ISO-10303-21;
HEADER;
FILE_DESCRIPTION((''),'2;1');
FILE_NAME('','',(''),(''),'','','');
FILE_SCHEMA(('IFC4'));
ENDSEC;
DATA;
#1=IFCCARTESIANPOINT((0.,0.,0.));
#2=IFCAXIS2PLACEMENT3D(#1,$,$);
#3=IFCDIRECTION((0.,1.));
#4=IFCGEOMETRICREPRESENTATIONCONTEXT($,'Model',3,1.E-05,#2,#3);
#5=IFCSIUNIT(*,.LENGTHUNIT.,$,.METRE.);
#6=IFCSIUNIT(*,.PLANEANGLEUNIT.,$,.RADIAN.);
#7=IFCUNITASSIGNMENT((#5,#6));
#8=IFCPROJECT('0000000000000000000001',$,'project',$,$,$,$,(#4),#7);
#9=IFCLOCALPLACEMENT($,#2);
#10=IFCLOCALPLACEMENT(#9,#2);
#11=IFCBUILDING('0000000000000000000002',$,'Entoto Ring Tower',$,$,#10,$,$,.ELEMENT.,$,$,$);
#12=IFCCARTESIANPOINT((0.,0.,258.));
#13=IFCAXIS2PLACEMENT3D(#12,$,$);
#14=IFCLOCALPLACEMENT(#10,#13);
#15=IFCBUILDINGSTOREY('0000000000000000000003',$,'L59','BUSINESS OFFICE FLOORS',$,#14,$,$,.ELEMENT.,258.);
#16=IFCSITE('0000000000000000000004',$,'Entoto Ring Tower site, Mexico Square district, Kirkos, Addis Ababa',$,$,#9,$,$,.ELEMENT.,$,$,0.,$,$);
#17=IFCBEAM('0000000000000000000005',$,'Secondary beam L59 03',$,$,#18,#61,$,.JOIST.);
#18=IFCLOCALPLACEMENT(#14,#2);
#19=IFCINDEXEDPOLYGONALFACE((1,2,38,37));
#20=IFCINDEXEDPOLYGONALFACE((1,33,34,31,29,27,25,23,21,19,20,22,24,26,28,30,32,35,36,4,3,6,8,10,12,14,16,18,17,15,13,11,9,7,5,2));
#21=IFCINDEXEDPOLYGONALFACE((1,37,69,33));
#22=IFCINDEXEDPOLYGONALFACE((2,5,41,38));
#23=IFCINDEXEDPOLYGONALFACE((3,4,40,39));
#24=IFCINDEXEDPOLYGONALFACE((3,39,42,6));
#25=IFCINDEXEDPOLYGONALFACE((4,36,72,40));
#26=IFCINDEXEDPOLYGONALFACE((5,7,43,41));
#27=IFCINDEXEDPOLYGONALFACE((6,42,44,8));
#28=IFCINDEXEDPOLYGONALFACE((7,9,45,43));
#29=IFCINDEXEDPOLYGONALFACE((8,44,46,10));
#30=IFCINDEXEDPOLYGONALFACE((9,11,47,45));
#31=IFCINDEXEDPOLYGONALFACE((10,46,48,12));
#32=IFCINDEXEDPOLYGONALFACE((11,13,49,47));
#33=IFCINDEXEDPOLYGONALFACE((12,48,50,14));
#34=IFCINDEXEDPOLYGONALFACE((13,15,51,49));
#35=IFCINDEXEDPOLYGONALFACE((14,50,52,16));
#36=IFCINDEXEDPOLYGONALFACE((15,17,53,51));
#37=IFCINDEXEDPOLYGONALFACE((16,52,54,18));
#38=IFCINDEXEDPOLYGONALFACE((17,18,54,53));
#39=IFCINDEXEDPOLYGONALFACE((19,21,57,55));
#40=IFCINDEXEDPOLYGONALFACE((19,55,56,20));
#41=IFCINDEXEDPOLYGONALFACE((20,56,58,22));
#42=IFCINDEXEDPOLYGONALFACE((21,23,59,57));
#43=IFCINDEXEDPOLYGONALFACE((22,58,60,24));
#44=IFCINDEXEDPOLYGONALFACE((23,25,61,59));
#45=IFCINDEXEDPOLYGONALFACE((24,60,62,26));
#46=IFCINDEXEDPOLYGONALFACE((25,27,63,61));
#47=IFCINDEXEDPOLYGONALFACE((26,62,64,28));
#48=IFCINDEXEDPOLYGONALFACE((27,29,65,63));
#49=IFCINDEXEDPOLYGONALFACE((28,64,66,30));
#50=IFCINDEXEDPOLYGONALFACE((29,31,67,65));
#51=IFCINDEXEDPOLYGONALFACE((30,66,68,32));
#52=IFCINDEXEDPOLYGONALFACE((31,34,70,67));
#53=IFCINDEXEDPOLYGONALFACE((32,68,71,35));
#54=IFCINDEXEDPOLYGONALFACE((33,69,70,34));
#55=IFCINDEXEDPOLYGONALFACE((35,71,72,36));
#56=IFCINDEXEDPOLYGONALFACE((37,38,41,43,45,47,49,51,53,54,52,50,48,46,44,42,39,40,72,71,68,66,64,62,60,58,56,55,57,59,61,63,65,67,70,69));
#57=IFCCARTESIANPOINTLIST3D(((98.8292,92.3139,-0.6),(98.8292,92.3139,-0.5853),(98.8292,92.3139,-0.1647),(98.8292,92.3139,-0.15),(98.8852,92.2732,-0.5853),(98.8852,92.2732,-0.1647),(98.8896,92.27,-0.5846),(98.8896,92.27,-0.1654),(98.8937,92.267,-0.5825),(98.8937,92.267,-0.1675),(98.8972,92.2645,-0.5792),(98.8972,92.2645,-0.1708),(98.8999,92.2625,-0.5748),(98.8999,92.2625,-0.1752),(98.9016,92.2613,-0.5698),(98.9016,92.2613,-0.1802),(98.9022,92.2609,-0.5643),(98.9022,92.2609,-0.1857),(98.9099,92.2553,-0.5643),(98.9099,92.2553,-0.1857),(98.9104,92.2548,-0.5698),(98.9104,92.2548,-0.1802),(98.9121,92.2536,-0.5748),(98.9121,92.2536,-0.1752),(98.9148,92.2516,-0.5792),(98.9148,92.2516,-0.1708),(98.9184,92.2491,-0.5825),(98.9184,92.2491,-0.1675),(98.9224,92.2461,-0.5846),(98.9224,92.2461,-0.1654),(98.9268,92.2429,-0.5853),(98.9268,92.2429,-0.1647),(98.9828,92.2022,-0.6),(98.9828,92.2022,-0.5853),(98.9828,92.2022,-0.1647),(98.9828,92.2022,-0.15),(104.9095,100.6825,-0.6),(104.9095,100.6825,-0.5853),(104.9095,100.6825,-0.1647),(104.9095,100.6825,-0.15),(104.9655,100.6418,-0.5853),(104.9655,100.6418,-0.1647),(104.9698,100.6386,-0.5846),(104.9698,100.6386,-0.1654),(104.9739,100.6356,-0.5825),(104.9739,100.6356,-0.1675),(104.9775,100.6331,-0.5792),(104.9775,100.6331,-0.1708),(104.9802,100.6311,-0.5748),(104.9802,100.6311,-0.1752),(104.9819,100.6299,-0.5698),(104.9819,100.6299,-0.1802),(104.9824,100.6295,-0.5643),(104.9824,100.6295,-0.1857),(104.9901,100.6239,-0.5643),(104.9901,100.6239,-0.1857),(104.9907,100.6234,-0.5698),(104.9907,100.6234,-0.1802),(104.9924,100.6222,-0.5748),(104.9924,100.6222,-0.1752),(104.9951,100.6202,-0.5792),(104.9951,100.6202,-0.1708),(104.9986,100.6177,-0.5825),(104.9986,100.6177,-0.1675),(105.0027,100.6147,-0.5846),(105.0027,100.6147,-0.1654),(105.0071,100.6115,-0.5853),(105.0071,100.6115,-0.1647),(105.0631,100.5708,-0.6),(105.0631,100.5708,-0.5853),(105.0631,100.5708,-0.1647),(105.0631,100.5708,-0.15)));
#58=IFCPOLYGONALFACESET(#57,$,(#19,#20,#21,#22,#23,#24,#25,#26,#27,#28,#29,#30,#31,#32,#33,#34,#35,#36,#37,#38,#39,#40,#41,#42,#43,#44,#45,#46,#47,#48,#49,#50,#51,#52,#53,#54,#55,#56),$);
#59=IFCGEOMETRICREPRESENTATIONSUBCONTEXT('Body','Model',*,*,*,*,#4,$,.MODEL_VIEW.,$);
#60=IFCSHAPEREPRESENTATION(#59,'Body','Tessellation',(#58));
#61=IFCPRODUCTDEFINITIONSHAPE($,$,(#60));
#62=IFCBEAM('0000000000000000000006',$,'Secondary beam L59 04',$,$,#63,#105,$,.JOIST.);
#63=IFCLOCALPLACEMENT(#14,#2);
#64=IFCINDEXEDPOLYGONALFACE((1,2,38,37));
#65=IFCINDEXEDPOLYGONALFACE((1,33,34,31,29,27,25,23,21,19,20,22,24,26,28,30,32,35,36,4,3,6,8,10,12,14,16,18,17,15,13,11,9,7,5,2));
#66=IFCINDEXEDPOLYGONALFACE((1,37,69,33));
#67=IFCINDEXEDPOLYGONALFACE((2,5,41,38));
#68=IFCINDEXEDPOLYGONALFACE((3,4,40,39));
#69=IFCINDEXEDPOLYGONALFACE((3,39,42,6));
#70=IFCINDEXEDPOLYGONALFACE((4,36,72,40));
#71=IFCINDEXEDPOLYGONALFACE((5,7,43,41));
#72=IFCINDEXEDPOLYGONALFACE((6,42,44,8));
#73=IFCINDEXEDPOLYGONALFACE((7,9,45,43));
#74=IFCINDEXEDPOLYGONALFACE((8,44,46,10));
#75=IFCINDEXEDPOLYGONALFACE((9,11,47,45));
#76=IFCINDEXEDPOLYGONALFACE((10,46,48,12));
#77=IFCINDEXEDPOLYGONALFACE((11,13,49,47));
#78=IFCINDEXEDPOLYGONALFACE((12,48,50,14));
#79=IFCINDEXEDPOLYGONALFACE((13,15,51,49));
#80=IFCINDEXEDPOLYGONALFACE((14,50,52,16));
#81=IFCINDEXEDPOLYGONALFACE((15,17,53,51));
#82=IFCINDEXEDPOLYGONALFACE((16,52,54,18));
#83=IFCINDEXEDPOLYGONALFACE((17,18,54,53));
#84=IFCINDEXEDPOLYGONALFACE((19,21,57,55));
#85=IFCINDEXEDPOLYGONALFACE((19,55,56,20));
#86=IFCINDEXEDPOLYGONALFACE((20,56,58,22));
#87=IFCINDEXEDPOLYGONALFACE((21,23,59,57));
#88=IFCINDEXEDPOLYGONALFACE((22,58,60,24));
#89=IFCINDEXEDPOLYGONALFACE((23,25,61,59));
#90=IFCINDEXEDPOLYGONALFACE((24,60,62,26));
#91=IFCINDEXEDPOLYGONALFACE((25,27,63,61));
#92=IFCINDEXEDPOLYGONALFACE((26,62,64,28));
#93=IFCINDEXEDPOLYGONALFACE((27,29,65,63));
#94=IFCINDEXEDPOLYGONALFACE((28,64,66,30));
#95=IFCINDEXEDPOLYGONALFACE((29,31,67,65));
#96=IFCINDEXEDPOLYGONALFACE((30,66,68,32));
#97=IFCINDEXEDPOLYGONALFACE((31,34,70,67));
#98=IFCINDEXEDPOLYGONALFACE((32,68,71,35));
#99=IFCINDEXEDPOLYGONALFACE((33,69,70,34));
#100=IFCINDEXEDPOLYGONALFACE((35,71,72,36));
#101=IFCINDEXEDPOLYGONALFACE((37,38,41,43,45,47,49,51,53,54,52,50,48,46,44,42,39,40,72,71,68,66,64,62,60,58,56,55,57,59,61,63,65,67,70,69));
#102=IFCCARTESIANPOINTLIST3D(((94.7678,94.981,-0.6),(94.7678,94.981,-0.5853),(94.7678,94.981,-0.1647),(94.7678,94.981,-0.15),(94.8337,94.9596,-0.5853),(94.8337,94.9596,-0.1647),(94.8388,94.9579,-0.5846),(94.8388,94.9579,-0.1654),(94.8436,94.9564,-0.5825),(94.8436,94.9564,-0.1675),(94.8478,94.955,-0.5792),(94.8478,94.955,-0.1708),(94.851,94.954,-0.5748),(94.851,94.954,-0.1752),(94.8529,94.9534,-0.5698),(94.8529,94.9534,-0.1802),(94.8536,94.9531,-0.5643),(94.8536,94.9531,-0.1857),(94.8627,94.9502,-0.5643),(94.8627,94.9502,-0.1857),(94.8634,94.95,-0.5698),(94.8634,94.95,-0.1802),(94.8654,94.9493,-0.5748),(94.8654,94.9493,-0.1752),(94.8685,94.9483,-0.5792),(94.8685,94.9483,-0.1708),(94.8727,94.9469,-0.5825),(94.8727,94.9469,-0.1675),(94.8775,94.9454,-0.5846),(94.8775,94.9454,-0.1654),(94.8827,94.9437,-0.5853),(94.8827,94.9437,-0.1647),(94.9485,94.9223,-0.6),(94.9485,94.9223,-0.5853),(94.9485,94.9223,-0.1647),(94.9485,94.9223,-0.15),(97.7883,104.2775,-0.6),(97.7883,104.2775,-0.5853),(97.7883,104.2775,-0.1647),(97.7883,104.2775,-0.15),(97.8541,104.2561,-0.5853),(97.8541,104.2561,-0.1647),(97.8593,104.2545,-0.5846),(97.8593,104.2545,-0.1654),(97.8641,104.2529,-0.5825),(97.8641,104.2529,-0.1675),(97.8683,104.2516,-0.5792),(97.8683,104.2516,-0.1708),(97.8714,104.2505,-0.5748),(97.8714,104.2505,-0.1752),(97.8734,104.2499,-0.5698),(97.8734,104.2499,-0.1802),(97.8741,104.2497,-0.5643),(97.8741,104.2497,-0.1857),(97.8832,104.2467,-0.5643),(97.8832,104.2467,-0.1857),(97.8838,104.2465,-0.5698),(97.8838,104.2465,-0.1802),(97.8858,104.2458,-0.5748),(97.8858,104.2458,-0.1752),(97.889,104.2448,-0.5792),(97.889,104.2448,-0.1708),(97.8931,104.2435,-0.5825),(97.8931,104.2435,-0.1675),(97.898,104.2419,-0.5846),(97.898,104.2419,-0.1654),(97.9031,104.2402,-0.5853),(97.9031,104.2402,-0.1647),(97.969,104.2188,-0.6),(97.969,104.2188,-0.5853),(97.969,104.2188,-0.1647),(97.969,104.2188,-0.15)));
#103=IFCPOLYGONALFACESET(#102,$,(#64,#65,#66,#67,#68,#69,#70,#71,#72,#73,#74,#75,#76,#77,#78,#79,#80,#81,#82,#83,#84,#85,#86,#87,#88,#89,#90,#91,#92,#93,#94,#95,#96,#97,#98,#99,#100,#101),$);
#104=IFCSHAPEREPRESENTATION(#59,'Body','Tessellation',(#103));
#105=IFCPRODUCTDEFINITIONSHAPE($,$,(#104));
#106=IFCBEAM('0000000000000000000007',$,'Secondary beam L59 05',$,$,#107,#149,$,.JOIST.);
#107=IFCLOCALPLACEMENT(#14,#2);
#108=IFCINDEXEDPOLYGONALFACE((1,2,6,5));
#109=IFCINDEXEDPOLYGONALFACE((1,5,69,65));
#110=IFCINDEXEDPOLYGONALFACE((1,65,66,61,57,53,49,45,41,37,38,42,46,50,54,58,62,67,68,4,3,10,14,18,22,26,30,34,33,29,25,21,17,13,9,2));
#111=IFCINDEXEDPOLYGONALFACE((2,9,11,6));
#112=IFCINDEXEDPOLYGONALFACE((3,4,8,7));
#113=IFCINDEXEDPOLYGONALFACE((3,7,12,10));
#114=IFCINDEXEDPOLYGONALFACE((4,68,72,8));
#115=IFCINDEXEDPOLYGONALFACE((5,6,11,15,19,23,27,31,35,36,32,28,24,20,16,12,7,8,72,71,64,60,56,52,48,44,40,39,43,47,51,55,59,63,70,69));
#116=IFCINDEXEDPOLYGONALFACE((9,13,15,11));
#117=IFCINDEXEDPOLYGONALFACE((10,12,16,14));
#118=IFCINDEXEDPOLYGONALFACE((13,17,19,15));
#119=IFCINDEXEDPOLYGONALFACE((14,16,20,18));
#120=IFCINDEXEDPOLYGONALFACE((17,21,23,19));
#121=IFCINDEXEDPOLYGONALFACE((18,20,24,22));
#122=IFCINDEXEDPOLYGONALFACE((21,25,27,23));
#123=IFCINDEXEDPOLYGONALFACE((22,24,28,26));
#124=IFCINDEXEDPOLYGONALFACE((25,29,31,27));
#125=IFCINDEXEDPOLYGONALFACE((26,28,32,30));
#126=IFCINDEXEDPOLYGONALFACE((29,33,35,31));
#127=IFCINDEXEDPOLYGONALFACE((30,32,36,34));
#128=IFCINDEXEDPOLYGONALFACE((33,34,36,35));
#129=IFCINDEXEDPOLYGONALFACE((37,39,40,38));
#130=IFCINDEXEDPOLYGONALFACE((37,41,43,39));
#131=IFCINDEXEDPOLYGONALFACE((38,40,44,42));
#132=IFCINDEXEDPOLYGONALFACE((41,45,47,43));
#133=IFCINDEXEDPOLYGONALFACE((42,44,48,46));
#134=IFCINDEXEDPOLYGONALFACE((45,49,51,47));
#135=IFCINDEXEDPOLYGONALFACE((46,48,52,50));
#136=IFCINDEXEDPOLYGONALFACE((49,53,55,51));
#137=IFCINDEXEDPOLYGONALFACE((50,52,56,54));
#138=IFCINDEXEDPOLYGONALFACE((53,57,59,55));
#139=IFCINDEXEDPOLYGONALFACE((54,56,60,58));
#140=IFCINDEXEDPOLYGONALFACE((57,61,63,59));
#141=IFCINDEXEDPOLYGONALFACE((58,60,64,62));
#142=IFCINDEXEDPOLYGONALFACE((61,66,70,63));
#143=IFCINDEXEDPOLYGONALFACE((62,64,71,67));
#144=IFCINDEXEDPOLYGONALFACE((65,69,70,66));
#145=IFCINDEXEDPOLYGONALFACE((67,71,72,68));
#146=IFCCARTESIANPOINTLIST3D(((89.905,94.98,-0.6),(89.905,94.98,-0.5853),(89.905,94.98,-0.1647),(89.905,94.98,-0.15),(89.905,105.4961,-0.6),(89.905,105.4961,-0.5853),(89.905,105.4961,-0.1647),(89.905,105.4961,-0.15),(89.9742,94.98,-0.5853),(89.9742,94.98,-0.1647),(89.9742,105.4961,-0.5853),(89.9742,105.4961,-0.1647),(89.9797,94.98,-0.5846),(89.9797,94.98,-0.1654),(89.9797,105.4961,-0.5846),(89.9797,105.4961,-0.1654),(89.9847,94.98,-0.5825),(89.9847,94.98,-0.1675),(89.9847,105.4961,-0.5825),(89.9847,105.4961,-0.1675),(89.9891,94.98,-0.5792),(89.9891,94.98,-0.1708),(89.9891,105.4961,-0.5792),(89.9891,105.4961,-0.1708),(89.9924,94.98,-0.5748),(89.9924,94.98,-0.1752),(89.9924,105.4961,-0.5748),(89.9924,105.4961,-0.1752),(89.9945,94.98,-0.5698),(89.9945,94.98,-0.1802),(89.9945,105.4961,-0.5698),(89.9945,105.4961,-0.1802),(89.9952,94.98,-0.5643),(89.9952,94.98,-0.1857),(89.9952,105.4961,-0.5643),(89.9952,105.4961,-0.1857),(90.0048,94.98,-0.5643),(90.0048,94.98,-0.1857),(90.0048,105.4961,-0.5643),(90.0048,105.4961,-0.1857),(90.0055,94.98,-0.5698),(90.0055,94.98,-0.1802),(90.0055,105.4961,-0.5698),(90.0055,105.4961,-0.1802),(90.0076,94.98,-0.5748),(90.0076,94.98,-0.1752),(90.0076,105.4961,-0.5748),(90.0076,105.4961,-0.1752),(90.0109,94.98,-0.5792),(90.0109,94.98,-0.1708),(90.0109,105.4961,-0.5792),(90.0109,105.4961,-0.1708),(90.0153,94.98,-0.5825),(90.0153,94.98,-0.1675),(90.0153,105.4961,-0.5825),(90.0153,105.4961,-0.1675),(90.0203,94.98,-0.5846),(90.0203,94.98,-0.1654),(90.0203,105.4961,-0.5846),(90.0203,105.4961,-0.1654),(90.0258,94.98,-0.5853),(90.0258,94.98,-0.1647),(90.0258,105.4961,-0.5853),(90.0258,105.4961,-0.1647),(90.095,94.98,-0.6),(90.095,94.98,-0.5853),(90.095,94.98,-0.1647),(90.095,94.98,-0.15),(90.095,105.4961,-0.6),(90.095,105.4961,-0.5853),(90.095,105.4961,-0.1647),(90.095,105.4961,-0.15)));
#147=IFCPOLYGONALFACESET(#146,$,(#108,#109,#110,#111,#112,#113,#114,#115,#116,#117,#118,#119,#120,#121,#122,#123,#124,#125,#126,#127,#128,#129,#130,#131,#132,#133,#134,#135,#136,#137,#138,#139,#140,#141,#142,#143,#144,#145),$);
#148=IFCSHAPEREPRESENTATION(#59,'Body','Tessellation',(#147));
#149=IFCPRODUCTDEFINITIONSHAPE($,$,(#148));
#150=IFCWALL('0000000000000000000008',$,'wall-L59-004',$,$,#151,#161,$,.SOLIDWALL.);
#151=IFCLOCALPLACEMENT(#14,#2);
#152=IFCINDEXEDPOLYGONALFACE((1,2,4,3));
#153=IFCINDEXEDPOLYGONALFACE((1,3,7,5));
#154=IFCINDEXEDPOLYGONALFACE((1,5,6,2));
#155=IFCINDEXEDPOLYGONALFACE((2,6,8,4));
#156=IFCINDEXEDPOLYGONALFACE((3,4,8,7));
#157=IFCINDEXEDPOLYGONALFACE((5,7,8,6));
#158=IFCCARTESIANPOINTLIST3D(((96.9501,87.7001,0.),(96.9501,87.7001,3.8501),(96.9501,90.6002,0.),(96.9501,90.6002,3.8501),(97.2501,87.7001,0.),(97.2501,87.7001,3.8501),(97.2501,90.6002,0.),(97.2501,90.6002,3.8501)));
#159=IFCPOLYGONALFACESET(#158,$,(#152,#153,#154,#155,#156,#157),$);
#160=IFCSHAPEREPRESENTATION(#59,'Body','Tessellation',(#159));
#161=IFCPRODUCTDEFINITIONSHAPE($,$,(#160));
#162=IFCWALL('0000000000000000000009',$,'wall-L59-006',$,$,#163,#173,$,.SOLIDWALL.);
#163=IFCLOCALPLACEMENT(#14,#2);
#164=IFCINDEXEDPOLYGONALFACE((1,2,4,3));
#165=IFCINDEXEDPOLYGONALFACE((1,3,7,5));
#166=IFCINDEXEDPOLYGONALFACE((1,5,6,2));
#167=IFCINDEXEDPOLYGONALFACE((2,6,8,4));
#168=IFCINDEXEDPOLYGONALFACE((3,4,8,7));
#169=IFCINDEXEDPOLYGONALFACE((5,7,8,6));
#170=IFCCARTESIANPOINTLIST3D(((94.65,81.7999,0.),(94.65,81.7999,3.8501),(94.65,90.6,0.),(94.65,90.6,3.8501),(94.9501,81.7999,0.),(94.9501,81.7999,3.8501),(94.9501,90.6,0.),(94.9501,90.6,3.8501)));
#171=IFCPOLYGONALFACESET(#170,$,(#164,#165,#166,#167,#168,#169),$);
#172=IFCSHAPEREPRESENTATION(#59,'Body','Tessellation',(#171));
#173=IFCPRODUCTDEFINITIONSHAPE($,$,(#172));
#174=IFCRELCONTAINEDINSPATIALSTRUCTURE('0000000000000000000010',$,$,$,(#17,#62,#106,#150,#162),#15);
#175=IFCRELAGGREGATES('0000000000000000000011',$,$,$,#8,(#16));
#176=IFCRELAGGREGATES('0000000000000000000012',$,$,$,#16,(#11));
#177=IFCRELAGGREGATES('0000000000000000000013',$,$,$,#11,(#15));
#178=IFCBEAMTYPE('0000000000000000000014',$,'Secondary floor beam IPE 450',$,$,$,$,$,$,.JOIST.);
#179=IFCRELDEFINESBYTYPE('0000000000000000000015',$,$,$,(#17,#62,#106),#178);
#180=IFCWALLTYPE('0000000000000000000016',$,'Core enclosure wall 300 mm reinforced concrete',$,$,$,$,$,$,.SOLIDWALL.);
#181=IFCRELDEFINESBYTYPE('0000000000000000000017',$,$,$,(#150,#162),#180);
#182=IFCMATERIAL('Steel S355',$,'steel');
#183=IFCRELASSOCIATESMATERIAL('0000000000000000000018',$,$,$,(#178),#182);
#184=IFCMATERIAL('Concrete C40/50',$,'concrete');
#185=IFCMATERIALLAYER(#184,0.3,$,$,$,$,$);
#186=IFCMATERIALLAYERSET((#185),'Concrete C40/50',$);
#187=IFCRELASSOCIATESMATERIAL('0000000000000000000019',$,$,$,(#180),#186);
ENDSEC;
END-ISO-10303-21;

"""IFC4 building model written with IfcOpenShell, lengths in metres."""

from ifc_helpers import new_model, si_unit, direction, frame, frame_2d, origin, origin_2d, place, context, subcontext, project, spatial, rectangle, i_section, extrude, material, layer, layer_set, material_profile, profile_set, type_object, element, save


model = new_model("IFC4")

# Units and contexts
model_context = context("Model", 3, precision=1e-05, world=origin(), true_north=direction((0.0, 1.0)))
body_context = subcontext(model_context, "Body", "Model", "MODEL_VIEW")
ifc_project = project(units=[si_unit("LENGTHUNIT", "METRE"), si_unit("PLANEANGLEUNIT", "RADIAN")], contexts=[model_context])

# Site, building, storey
site_placement = place(None, origin())
site = spatial("IfcSite", under=ifc_project, at=site_placement, Name="Entoto Ring Tower site, Mexico Square district, Kirkos, Addis Ababa", CompositionType="ELEMENT", RefElevation=0.0)
building_placement = place(site_placement, origin())
building = spatial("IfcBuilding", under=site, at=building_placement, Name="Entoto Ring Tower", CompositionType="ELEMENT")
storey_placement = place(building_placement, frame((0.0, 0.0, 258.0)))
storey = spatial("IfcBuildingStorey", under=building, at=storey_placement, Name="L59", Description="BUSINESS OFFICE FLOORS", CompositionType="ELEMENT", Elevation=258.0)

# Beams
ifc_material_1 = material(Name="Steel S355", Category="steel")
ifc_material_profile_1 = material_profile(ifc_material_1, i_section(OverallWidth=0.1899, OverallDepth=0.45, WebThickness=0.0095, FlangeThickness=0.0146, FilletRadius=0.021, at=origin_2d()), Name="IPE 450")
ifc_profile_set_1 = profile_set([ifc_material_profile_1], Name="Steel S355")
beam_type_1 = type_object("IfcBeamType", Name="Secondary floor beam IPE 450", PredefinedType="JOIST", material=ifc_profile_set_1)
beam_1_placement = place(storey_placement, frame((98.906, 92.2581, -0.375), z_axis=(0.587794, 0.809011, 0.0), x_axis=(-0.809011, 0.587794, 0.0)))
element("IfcBeam", 1, at=beam_1_placement, inside=storey, type_object=beam_type_1, Name="Secondary beam L59 03", PredefinedType="JOIST", context=body_context, shape_type="SweptSolid", body=[
    extrude(i_section(OverallWidth=0.1899, OverallDepth=0.45, WebThickness=0.0095, FlangeThickness=0.0146, FilletRadius=0.021, at=origin_2d()), origin(), (0.0, 0.0, 1.0), 10.3442),
])
beam_2_placement = place(storey_placement, frame((94.8582, 94.9517, -0.375), z_axis=(0.309003, 0.951061, 0.0), x_axis=(-0.951061, 0.309003, 0.0)))
element("IfcBeam", 2, at=beam_2_placement, inside=storey, type_object=beam_type_1, Name="Secondary beam L59 04", PredefinedType="JOIST", context=body_context, shape_type="SweptSolid", body=[
    extrude(i_section(OverallWidth=0.1899, OverallDepth=0.45, WebThickness=0.0095, FlangeThickness=0.0146, FilletRadius=0.021, at=origin_2d()), origin(), (0.0, 0.0, 1.0), 9.7749),
])
beam_3_placement = place(storey_placement, frame((90.0, 94.98, -0.375), z_axis=(0.0, 1.0, 0.0), x_axis=(-1.0, 0.0, 0.0)))
element("IfcBeam", 3, at=beam_3_placement, inside=storey, type_object=beam_type_1, Name="Secondary beam L59 05", PredefinedType="JOIST", context=body_context, shape_type="SweptSolid", body=[
    extrude(i_section(OverallWidth=0.1899, OverallDepth=0.45, WebThickness=0.0095, FlangeThickness=0.0146, FilletRadius=0.021, at=origin_2d()), origin(), (0.0, 0.0, 1.0), 10.5161),
])

# Walls
ifc_material_2 = material(Name="Concrete C40/50", Category="concrete")
ifc_layer_1 = layer(ifc_material_2, 0.3)
ifc_layer_set_1 = layer_set([ifc_layer_1], Name="Concrete C40/50")
wall_type_1 = type_object("IfcWallType", Name="Core enclosure wall 300 mm reinforced concrete", PredefinedType="SOLIDWALL", material=ifc_layer_set_1)
wall_1_placement = place(storey_placement, frame((97.1001, 87.7, 0.0), z_axis=(0.0, 0.0, 1.0), x_axis=(0.0, 1.0, 0.0)))
element("IfcWall", 4, at=wall_1_placement, inside=storey, type_object=wall_type_1, Name="wall-L59-004", PredefinedType="SOLIDWALL", context=body_context, shape_type="SweptSolid", body=[
    extrude(rectangle(XDim=2.9001, YDim=0.3, at=frame_2d((1.4502, 0.0))), origin(), (0.0, 0.0, 1.0), 3.8501),
])
wall_2_placement = place(storey_placement, frame((94.8, 81.8, 0.0), z_axis=(0.0, 0.0, 1.0), x_axis=(0.0, 1.0, 0.0)))
element("IfcWall", 5, at=wall_2_placement, inside=storey, type_object=wall_type_1, Name="wall-L59-006", PredefinedType="SOLIDWALL", context=body_context, shape_type="SweptSolid", body=[
    extrude(rectangle(XDim=8.8, YDim=0.3, at=frame_2d((4.3999, 0.0))), origin(), (0.0, 0.0, 1.0), 3.8501),
])

save(model, "model.ifc")
